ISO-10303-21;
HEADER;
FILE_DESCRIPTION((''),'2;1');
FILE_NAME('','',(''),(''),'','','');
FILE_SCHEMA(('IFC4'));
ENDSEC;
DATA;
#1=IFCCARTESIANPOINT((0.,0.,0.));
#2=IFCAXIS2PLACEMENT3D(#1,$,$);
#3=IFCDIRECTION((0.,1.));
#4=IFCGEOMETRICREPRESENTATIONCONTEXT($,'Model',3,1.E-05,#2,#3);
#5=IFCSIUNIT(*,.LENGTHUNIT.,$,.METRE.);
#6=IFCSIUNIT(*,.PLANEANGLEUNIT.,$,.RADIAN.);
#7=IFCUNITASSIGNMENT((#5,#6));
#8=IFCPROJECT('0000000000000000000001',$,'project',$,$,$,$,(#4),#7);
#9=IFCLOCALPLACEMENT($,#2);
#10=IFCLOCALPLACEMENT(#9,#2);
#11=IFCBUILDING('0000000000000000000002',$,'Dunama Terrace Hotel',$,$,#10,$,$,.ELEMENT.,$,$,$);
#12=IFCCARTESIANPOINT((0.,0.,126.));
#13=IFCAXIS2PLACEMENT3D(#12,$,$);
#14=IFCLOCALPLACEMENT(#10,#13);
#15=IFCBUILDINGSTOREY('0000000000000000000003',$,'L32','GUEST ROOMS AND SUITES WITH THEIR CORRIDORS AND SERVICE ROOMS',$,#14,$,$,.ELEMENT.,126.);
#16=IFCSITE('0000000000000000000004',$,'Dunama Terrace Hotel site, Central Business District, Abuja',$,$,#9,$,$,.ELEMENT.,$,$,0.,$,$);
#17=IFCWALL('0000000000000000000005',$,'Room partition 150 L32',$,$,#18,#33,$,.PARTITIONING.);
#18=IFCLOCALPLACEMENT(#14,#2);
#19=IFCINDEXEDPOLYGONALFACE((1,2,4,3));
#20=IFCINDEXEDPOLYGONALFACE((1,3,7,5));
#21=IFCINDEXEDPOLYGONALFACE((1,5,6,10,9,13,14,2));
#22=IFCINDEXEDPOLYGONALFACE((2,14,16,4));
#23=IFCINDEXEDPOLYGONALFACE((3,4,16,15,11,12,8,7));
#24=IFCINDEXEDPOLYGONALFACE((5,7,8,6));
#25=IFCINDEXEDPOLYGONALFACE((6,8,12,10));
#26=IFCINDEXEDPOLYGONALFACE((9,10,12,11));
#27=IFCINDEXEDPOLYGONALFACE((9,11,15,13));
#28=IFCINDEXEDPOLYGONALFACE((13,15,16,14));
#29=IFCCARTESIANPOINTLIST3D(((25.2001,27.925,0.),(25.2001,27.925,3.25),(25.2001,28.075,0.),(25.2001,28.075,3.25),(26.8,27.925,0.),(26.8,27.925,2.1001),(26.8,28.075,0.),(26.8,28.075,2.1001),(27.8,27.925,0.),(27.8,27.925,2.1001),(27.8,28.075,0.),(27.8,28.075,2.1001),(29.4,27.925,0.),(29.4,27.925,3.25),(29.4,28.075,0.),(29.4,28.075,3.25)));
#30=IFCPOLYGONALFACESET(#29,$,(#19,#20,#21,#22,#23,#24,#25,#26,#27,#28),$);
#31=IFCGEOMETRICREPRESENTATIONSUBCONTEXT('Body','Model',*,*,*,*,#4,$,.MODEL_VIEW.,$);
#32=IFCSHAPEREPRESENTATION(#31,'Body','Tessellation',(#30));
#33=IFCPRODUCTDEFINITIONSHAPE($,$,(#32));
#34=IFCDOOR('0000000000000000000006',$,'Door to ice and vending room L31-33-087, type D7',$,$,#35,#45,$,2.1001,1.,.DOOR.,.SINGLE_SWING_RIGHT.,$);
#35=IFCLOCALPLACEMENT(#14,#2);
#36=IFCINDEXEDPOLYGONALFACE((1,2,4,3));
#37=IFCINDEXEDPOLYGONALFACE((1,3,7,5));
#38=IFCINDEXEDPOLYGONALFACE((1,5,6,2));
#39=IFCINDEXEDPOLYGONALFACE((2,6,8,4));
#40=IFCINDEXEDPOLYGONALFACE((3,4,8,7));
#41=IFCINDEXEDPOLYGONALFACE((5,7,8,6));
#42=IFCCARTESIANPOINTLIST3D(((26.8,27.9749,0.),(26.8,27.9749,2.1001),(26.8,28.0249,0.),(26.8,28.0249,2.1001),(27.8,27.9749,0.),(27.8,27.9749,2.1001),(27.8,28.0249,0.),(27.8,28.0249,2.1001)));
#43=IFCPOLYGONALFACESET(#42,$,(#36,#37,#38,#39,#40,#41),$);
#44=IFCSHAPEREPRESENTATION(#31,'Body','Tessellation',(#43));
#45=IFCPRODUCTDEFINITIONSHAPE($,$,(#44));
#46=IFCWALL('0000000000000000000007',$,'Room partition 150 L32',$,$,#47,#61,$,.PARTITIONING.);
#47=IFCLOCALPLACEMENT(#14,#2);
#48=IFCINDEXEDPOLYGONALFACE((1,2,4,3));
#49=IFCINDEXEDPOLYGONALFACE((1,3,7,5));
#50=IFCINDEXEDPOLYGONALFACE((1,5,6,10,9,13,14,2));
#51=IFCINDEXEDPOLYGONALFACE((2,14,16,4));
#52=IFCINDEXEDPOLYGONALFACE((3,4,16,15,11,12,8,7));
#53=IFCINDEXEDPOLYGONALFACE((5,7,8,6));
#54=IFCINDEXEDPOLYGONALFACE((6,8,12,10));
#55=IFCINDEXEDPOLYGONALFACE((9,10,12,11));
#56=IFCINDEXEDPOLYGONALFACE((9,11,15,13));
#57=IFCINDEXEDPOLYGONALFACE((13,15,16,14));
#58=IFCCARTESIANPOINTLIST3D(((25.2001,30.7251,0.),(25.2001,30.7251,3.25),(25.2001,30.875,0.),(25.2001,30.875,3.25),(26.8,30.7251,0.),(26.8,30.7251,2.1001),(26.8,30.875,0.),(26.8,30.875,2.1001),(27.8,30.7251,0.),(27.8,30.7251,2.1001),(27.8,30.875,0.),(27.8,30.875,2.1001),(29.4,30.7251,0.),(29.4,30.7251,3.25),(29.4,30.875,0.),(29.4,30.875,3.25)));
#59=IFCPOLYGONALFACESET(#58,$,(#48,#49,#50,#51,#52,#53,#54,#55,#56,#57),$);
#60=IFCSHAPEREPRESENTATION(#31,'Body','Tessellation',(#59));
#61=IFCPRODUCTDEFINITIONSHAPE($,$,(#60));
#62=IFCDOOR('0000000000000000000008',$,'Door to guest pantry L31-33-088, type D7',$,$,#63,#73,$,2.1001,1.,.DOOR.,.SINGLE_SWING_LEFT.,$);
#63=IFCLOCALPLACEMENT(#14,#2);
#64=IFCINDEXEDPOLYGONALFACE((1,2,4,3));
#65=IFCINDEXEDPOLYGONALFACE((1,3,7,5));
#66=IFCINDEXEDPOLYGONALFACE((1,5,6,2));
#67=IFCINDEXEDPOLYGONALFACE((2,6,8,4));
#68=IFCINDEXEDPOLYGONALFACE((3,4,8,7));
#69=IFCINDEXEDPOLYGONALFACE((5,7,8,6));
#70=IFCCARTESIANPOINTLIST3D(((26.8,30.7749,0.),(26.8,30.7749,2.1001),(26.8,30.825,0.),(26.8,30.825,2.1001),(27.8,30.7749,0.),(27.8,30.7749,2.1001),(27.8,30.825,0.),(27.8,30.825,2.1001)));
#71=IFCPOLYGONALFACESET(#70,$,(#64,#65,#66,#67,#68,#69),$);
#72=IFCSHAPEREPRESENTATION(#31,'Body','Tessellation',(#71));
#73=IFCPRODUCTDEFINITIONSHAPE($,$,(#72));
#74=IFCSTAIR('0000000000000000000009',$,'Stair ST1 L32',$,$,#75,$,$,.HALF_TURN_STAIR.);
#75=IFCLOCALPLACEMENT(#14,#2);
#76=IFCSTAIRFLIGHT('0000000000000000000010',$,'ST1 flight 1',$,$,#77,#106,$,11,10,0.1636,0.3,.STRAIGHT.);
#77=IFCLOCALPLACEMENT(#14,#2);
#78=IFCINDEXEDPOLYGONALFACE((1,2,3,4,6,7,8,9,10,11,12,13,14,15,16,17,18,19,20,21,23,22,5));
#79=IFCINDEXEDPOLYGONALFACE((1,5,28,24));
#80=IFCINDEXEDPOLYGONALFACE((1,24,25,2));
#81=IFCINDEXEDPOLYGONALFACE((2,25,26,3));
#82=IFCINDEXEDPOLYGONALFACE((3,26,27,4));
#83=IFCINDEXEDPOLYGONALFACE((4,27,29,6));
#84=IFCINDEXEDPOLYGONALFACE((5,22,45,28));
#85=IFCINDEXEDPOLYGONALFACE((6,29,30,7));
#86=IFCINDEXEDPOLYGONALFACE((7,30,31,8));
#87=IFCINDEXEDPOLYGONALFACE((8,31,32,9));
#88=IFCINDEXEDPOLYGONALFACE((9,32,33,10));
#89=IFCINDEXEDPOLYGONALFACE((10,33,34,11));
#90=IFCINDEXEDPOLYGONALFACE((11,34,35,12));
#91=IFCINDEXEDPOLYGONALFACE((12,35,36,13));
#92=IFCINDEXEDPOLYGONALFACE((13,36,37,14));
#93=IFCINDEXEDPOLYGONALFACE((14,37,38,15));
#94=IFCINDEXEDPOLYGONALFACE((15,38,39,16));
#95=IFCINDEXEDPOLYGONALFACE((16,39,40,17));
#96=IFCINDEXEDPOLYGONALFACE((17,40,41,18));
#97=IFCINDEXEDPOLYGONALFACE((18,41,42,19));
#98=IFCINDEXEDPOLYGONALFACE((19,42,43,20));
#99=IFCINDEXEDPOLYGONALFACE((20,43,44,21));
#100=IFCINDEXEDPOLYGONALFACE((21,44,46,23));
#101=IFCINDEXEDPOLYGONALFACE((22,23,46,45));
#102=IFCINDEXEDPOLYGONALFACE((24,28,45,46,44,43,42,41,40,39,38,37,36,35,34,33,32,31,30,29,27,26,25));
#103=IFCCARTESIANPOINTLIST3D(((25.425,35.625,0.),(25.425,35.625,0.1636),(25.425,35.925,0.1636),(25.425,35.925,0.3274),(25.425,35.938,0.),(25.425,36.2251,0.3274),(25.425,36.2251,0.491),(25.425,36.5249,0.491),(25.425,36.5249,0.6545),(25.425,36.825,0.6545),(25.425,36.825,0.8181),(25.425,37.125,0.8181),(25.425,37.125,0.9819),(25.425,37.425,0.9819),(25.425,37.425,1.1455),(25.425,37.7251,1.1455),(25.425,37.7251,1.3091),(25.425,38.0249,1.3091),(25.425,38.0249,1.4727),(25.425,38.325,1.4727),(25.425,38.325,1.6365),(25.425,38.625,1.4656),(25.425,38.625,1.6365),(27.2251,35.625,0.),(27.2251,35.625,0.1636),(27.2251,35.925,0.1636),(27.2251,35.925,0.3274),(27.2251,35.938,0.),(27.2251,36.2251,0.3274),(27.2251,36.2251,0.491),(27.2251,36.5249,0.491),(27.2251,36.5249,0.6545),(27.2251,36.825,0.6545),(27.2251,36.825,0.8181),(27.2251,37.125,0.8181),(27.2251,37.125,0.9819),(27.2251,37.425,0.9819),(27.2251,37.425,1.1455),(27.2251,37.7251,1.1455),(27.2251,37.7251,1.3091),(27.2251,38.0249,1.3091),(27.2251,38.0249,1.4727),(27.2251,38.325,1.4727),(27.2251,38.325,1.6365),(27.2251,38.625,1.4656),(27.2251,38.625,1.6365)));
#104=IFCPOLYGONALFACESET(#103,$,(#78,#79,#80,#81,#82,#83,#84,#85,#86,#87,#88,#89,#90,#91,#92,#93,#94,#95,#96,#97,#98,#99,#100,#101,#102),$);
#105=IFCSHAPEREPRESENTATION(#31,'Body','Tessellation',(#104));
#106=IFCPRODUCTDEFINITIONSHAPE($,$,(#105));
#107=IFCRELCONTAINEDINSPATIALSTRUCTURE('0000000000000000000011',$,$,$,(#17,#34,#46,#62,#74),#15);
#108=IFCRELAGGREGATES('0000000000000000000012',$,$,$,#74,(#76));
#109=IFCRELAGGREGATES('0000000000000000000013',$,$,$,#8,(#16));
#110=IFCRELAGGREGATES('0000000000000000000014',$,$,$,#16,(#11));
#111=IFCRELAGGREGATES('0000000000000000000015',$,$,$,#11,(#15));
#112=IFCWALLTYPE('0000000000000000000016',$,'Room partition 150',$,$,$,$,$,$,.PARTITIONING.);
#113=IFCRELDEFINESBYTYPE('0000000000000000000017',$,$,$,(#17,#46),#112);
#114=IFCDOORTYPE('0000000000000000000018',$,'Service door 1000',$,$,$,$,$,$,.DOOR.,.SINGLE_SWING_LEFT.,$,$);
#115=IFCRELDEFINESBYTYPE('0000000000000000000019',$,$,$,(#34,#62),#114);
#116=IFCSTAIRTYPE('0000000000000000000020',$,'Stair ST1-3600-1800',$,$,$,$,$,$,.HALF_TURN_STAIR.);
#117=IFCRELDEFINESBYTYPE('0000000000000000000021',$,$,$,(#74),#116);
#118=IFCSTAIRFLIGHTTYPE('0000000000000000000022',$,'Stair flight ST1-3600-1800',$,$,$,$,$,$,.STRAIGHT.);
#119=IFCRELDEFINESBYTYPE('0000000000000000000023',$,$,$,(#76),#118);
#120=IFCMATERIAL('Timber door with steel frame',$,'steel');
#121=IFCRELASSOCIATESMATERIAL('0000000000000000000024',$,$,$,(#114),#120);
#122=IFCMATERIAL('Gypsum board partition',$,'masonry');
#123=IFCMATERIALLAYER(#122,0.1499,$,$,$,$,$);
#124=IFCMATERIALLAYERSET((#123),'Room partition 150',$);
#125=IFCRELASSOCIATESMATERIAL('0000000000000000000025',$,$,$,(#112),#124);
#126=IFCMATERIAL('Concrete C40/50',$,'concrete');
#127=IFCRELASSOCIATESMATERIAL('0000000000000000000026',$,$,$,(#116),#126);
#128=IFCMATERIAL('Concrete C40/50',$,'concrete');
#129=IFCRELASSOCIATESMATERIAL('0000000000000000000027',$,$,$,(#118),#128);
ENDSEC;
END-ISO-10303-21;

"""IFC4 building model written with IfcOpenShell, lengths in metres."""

from ifc_helpers import new_model, si_unit, direction, frame, frame_2d, origin, place, context, subcontext, project, spatial, polyline, rectangle, outline, extrude, material, layer, layer_set, type_object, element, fill, aggregate, save


model = new_model("IFC4")

# Units and contexts
model_context = context("Model", 3, precision=1e-05, world=origin(), true_north=direction((0.0, 1.0)))
body_context = subcontext(model_context, "Body", "Model", "MODEL_VIEW")
ifc_project = project(units=[si_unit("LENGTHUNIT", "METRE"), si_unit("PLANEANGLEUNIT", "RADIAN")], contexts=[model_context])

# Site, building, storey
site_placement = place(None, origin())
site = spatial("IfcSite", under=ifc_project, at=site_placement, Name="Dunama Terrace Hotel site, Central Business District, Abuja", CompositionType="ELEMENT", RefElevation=0.0)
building_placement = place(site_placement, origin())
building = spatial("IfcBuilding", under=site, at=building_placement, Name="Dunama Terrace Hotel", CompositionType="ELEMENT")
storey_placement = place(building_placement, frame((0.0, 0.0, 126.0)))
storey = spatial("IfcBuildingStorey", under=building, at=storey_placement, Name="L32", Description="GUEST ROOMS AND SUITES WITH THEIR CORRIDORS AND SERVICE ROOMS", CompositionType="ELEMENT", Elevation=126.0)

# Shared definitions
ifc_material_1 = material(Name="Timber door with steel frame", Category="steel")
door_type_1 = type_object("IfcDoorType", Name="Service door 1000", OperationType="SINGLE_SWING_LEFT", PredefinedType="DOOR", material=ifc_material_1)

# Walls, openings, doors
ifc_material_2 = material(Name="Gypsum board partition", Category="masonry")
ifc_layer_1 = layer(ifc_material_2, 0.1499)
ifc_layer_set_1 = layer_set([ifc_layer_1], Name="Room partition 150")
wall_type_1 = type_object("IfcWallType", Name="Room partition 150", PredefinedType="PARTITIONING", material=ifc_layer_set_1)
wall_1_placement = place(storey_placement, frame((25.2, 28.0, 0.0), z_axis=(0.0, 0.0, 1.0), x_axis=(1.0, 0.0, 0.0)))
wall_1 = element("IfcWall", 1, at=wall_1_placement, inside=storey, type_object=wall_type_1, Name="Room partition 150 L32", PredefinedType="PARTITIONING", context=body_context, shape_type="SweptSolid", body=[
    extrude(rectangle(XDim=4.2, YDim=0.1499, at=frame_2d((2.1001, 0.0))), origin(), (0.0, 0.0, 1.0), 3.25),
])
opening_1_placement = place(wall_1_placement, frame((1.6001, 0.0, 0.0)))
opening_1 = element("IfcOpeningElement", 2, at=opening_1_placement, cuts=wall_1, PredefinedType="OPENING", context=body_context, shape_type="SweptSolid", body=[
    extrude(rectangle(XDim=1.0, YDim=2.1001, at=frame_2d((0.5, 1.05))), frame((0.0, 0.085, 0.0), z_axis=(0.0, -1.0, 0.0), x_axis=(1.0, 0.0, 0.0)), (0.0, 0.0, 1.0), 0.1699),
])
door_1_placement = place(opening_1_placement, frame((1.0, 0.0, 0.0), z_axis=(0.0, 0.0, 1.0), x_axis=(-1.0, 0.0, 0.0)))
door_1 = element("IfcDoor", 3, at=door_1_placement, inside=storey, type_object=door_type_1, Name="Door to ice and vending room L31-33-087, type D7", OperationType="SINGLE_SWING_RIGHT", OverallHeight=2.1001, OverallWidth=1.0, PredefinedType="DOOR", context=body_context, shape_type="SweptSolid", body=[
    extrude(rectangle(XDim=1.0, YDim=2.1001, at=frame_2d((0.5, 1.05))), frame((0.0, 0.0251, 0.0), z_axis=(0.0, -1.0, 0.0), x_axis=(1.0, 0.0, 0.0)), (0.0, 0.0, 1.0), 0.05),
])
fill(opening_1, door_1)
wall_2_placement = place(storey_placement, frame((25.2, 30.8, 0.0), z_axis=(0.0, 0.0, 1.0), x_axis=(1.0, 0.0, 0.0)))
wall_2 = element("IfcWall", 4, at=wall_2_placement, inside=storey, type_object=wall_type_1, Name="Room partition 150 L32", PredefinedType="PARTITIONING", context=body_context, shape_type="SweptSolid", body=[
    extrude(rectangle(XDim=4.2, YDim=0.1499, at=frame_2d((2.1001, 0.0))), origin(), (0.0, 0.0, 1.0), 3.25),
])
opening_2_placement = place(wall_2_placement, frame((1.6001, 0.0, 0.0)))
opening_2 = element("IfcOpeningElement", 5, at=opening_2_placement, cuts=wall_2, PredefinedType="OPENING", context=body_context, shape_type="SweptSolid", body=[
    extrude(rectangle(XDim=1.0, YDim=2.1001, at=frame_2d((0.5, 1.05))), frame((0.0, 0.085, 0.0), z_axis=(0.0, -1.0, 0.0), x_axis=(1.0, 0.0, 0.0)), (0.0, 0.0, 1.0), 0.1699),
])
door_2_placement = place(opening_2_placement, origin())
door_2 = element("IfcDoor", 6, at=door_2_placement, inside=storey, type_object=door_type_1, Name="Door to guest pantry L31-33-088, type D7", OperationType="SINGLE_SWING_LEFT", OverallHeight=2.1001, OverallWidth=1.0, PredefinedType="DOOR", context=body_context, shape_type="SweptSolid", body=[
    extrude(rectangle(XDim=1.0, YDim=2.1001, at=frame_2d((0.5, 1.05))), frame((0.0, 0.0249, 0.0), z_axis=(0.0, -1.0, 0.0), x_axis=(1.0, 0.0, 0.0)), (0.0, 0.0, 1.0), 0.05),
])
fill(opening_2, door_2)

# Stair, stair flight
ifc_material_3 = material(Name="Concrete C40/50", Category="concrete")
stair_type = type_object("IfcStairType", Name="Stair ST1-3600-1800", PredefinedType="HALF_TURN_STAIR", material=ifc_material_3)
stair_placement = place(storey_placement, origin())
stair = element("IfcStair", 7, at=stair_placement, inside=storey, type_object=stair_type, Name="Stair ST1 L32", PredefinedType="HALF_TURN_STAIR")
ifc_material_4 = material(Name="Concrete C40/50", Category="concrete")
stair_flight_type = type_object("IfcStairFlightType", Name="Stair flight ST1-3600-1800", PredefinedType="STRAIGHT", material=ifc_material_4)
stair_flight_placement = place(storey_placement, frame((26.325, 35.625, 0.0), z_axis=(0.0, 0.0, 1.0), x_axis=(0.0, 1.0, 0.0)))
stair_flight = element("IfcStairFlight", 8, at=stair_flight_placement, type_object=stair_flight_type, Name="ST1 flight 1", NumberOfRisers=11, NumberOfTreads=10, PredefinedType="STRAIGHT", RiserHeight=0.1636, TreadLength=0.3, context=body_context, shape_type="SweptSolid", body=[
    extrude(outline(polyline([(0.0, 0.0), (0.0, 0.1636), (0.3, 0.1636), (0.3, 0.3274), (0.6001, 0.3274), (0.6001, 0.491), (0.8999, 0.491), (0.8999, 0.6545), (1.2, 0.6545), (1.2, 0.8181), (1.5, 0.8181), (1.5, 0.9819), (1.8, 0.9819), (1.8, 1.1455), (2.1001, 1.1455), (2.1001, 1.3091), (2.3999, 1.3091), (2.3999, 1.4727), (2.7, 1.4727), (2.7, 1.6365), (3.0, 1.6365), (3.0, 1.8), (3.0, 1.4656), (0.313, 0.0), (0.0, 0.0)])), frame((0.0, 0.8999, 0.0), z_axis=(0.0, -1.0, 0.0), x_axis=(1.0, 0.0, 0.0)), (0.0, 0.0, 1.0), 1.8),
])
aggregate(stair, [stair_flight])

save(model, "model.ifc")
